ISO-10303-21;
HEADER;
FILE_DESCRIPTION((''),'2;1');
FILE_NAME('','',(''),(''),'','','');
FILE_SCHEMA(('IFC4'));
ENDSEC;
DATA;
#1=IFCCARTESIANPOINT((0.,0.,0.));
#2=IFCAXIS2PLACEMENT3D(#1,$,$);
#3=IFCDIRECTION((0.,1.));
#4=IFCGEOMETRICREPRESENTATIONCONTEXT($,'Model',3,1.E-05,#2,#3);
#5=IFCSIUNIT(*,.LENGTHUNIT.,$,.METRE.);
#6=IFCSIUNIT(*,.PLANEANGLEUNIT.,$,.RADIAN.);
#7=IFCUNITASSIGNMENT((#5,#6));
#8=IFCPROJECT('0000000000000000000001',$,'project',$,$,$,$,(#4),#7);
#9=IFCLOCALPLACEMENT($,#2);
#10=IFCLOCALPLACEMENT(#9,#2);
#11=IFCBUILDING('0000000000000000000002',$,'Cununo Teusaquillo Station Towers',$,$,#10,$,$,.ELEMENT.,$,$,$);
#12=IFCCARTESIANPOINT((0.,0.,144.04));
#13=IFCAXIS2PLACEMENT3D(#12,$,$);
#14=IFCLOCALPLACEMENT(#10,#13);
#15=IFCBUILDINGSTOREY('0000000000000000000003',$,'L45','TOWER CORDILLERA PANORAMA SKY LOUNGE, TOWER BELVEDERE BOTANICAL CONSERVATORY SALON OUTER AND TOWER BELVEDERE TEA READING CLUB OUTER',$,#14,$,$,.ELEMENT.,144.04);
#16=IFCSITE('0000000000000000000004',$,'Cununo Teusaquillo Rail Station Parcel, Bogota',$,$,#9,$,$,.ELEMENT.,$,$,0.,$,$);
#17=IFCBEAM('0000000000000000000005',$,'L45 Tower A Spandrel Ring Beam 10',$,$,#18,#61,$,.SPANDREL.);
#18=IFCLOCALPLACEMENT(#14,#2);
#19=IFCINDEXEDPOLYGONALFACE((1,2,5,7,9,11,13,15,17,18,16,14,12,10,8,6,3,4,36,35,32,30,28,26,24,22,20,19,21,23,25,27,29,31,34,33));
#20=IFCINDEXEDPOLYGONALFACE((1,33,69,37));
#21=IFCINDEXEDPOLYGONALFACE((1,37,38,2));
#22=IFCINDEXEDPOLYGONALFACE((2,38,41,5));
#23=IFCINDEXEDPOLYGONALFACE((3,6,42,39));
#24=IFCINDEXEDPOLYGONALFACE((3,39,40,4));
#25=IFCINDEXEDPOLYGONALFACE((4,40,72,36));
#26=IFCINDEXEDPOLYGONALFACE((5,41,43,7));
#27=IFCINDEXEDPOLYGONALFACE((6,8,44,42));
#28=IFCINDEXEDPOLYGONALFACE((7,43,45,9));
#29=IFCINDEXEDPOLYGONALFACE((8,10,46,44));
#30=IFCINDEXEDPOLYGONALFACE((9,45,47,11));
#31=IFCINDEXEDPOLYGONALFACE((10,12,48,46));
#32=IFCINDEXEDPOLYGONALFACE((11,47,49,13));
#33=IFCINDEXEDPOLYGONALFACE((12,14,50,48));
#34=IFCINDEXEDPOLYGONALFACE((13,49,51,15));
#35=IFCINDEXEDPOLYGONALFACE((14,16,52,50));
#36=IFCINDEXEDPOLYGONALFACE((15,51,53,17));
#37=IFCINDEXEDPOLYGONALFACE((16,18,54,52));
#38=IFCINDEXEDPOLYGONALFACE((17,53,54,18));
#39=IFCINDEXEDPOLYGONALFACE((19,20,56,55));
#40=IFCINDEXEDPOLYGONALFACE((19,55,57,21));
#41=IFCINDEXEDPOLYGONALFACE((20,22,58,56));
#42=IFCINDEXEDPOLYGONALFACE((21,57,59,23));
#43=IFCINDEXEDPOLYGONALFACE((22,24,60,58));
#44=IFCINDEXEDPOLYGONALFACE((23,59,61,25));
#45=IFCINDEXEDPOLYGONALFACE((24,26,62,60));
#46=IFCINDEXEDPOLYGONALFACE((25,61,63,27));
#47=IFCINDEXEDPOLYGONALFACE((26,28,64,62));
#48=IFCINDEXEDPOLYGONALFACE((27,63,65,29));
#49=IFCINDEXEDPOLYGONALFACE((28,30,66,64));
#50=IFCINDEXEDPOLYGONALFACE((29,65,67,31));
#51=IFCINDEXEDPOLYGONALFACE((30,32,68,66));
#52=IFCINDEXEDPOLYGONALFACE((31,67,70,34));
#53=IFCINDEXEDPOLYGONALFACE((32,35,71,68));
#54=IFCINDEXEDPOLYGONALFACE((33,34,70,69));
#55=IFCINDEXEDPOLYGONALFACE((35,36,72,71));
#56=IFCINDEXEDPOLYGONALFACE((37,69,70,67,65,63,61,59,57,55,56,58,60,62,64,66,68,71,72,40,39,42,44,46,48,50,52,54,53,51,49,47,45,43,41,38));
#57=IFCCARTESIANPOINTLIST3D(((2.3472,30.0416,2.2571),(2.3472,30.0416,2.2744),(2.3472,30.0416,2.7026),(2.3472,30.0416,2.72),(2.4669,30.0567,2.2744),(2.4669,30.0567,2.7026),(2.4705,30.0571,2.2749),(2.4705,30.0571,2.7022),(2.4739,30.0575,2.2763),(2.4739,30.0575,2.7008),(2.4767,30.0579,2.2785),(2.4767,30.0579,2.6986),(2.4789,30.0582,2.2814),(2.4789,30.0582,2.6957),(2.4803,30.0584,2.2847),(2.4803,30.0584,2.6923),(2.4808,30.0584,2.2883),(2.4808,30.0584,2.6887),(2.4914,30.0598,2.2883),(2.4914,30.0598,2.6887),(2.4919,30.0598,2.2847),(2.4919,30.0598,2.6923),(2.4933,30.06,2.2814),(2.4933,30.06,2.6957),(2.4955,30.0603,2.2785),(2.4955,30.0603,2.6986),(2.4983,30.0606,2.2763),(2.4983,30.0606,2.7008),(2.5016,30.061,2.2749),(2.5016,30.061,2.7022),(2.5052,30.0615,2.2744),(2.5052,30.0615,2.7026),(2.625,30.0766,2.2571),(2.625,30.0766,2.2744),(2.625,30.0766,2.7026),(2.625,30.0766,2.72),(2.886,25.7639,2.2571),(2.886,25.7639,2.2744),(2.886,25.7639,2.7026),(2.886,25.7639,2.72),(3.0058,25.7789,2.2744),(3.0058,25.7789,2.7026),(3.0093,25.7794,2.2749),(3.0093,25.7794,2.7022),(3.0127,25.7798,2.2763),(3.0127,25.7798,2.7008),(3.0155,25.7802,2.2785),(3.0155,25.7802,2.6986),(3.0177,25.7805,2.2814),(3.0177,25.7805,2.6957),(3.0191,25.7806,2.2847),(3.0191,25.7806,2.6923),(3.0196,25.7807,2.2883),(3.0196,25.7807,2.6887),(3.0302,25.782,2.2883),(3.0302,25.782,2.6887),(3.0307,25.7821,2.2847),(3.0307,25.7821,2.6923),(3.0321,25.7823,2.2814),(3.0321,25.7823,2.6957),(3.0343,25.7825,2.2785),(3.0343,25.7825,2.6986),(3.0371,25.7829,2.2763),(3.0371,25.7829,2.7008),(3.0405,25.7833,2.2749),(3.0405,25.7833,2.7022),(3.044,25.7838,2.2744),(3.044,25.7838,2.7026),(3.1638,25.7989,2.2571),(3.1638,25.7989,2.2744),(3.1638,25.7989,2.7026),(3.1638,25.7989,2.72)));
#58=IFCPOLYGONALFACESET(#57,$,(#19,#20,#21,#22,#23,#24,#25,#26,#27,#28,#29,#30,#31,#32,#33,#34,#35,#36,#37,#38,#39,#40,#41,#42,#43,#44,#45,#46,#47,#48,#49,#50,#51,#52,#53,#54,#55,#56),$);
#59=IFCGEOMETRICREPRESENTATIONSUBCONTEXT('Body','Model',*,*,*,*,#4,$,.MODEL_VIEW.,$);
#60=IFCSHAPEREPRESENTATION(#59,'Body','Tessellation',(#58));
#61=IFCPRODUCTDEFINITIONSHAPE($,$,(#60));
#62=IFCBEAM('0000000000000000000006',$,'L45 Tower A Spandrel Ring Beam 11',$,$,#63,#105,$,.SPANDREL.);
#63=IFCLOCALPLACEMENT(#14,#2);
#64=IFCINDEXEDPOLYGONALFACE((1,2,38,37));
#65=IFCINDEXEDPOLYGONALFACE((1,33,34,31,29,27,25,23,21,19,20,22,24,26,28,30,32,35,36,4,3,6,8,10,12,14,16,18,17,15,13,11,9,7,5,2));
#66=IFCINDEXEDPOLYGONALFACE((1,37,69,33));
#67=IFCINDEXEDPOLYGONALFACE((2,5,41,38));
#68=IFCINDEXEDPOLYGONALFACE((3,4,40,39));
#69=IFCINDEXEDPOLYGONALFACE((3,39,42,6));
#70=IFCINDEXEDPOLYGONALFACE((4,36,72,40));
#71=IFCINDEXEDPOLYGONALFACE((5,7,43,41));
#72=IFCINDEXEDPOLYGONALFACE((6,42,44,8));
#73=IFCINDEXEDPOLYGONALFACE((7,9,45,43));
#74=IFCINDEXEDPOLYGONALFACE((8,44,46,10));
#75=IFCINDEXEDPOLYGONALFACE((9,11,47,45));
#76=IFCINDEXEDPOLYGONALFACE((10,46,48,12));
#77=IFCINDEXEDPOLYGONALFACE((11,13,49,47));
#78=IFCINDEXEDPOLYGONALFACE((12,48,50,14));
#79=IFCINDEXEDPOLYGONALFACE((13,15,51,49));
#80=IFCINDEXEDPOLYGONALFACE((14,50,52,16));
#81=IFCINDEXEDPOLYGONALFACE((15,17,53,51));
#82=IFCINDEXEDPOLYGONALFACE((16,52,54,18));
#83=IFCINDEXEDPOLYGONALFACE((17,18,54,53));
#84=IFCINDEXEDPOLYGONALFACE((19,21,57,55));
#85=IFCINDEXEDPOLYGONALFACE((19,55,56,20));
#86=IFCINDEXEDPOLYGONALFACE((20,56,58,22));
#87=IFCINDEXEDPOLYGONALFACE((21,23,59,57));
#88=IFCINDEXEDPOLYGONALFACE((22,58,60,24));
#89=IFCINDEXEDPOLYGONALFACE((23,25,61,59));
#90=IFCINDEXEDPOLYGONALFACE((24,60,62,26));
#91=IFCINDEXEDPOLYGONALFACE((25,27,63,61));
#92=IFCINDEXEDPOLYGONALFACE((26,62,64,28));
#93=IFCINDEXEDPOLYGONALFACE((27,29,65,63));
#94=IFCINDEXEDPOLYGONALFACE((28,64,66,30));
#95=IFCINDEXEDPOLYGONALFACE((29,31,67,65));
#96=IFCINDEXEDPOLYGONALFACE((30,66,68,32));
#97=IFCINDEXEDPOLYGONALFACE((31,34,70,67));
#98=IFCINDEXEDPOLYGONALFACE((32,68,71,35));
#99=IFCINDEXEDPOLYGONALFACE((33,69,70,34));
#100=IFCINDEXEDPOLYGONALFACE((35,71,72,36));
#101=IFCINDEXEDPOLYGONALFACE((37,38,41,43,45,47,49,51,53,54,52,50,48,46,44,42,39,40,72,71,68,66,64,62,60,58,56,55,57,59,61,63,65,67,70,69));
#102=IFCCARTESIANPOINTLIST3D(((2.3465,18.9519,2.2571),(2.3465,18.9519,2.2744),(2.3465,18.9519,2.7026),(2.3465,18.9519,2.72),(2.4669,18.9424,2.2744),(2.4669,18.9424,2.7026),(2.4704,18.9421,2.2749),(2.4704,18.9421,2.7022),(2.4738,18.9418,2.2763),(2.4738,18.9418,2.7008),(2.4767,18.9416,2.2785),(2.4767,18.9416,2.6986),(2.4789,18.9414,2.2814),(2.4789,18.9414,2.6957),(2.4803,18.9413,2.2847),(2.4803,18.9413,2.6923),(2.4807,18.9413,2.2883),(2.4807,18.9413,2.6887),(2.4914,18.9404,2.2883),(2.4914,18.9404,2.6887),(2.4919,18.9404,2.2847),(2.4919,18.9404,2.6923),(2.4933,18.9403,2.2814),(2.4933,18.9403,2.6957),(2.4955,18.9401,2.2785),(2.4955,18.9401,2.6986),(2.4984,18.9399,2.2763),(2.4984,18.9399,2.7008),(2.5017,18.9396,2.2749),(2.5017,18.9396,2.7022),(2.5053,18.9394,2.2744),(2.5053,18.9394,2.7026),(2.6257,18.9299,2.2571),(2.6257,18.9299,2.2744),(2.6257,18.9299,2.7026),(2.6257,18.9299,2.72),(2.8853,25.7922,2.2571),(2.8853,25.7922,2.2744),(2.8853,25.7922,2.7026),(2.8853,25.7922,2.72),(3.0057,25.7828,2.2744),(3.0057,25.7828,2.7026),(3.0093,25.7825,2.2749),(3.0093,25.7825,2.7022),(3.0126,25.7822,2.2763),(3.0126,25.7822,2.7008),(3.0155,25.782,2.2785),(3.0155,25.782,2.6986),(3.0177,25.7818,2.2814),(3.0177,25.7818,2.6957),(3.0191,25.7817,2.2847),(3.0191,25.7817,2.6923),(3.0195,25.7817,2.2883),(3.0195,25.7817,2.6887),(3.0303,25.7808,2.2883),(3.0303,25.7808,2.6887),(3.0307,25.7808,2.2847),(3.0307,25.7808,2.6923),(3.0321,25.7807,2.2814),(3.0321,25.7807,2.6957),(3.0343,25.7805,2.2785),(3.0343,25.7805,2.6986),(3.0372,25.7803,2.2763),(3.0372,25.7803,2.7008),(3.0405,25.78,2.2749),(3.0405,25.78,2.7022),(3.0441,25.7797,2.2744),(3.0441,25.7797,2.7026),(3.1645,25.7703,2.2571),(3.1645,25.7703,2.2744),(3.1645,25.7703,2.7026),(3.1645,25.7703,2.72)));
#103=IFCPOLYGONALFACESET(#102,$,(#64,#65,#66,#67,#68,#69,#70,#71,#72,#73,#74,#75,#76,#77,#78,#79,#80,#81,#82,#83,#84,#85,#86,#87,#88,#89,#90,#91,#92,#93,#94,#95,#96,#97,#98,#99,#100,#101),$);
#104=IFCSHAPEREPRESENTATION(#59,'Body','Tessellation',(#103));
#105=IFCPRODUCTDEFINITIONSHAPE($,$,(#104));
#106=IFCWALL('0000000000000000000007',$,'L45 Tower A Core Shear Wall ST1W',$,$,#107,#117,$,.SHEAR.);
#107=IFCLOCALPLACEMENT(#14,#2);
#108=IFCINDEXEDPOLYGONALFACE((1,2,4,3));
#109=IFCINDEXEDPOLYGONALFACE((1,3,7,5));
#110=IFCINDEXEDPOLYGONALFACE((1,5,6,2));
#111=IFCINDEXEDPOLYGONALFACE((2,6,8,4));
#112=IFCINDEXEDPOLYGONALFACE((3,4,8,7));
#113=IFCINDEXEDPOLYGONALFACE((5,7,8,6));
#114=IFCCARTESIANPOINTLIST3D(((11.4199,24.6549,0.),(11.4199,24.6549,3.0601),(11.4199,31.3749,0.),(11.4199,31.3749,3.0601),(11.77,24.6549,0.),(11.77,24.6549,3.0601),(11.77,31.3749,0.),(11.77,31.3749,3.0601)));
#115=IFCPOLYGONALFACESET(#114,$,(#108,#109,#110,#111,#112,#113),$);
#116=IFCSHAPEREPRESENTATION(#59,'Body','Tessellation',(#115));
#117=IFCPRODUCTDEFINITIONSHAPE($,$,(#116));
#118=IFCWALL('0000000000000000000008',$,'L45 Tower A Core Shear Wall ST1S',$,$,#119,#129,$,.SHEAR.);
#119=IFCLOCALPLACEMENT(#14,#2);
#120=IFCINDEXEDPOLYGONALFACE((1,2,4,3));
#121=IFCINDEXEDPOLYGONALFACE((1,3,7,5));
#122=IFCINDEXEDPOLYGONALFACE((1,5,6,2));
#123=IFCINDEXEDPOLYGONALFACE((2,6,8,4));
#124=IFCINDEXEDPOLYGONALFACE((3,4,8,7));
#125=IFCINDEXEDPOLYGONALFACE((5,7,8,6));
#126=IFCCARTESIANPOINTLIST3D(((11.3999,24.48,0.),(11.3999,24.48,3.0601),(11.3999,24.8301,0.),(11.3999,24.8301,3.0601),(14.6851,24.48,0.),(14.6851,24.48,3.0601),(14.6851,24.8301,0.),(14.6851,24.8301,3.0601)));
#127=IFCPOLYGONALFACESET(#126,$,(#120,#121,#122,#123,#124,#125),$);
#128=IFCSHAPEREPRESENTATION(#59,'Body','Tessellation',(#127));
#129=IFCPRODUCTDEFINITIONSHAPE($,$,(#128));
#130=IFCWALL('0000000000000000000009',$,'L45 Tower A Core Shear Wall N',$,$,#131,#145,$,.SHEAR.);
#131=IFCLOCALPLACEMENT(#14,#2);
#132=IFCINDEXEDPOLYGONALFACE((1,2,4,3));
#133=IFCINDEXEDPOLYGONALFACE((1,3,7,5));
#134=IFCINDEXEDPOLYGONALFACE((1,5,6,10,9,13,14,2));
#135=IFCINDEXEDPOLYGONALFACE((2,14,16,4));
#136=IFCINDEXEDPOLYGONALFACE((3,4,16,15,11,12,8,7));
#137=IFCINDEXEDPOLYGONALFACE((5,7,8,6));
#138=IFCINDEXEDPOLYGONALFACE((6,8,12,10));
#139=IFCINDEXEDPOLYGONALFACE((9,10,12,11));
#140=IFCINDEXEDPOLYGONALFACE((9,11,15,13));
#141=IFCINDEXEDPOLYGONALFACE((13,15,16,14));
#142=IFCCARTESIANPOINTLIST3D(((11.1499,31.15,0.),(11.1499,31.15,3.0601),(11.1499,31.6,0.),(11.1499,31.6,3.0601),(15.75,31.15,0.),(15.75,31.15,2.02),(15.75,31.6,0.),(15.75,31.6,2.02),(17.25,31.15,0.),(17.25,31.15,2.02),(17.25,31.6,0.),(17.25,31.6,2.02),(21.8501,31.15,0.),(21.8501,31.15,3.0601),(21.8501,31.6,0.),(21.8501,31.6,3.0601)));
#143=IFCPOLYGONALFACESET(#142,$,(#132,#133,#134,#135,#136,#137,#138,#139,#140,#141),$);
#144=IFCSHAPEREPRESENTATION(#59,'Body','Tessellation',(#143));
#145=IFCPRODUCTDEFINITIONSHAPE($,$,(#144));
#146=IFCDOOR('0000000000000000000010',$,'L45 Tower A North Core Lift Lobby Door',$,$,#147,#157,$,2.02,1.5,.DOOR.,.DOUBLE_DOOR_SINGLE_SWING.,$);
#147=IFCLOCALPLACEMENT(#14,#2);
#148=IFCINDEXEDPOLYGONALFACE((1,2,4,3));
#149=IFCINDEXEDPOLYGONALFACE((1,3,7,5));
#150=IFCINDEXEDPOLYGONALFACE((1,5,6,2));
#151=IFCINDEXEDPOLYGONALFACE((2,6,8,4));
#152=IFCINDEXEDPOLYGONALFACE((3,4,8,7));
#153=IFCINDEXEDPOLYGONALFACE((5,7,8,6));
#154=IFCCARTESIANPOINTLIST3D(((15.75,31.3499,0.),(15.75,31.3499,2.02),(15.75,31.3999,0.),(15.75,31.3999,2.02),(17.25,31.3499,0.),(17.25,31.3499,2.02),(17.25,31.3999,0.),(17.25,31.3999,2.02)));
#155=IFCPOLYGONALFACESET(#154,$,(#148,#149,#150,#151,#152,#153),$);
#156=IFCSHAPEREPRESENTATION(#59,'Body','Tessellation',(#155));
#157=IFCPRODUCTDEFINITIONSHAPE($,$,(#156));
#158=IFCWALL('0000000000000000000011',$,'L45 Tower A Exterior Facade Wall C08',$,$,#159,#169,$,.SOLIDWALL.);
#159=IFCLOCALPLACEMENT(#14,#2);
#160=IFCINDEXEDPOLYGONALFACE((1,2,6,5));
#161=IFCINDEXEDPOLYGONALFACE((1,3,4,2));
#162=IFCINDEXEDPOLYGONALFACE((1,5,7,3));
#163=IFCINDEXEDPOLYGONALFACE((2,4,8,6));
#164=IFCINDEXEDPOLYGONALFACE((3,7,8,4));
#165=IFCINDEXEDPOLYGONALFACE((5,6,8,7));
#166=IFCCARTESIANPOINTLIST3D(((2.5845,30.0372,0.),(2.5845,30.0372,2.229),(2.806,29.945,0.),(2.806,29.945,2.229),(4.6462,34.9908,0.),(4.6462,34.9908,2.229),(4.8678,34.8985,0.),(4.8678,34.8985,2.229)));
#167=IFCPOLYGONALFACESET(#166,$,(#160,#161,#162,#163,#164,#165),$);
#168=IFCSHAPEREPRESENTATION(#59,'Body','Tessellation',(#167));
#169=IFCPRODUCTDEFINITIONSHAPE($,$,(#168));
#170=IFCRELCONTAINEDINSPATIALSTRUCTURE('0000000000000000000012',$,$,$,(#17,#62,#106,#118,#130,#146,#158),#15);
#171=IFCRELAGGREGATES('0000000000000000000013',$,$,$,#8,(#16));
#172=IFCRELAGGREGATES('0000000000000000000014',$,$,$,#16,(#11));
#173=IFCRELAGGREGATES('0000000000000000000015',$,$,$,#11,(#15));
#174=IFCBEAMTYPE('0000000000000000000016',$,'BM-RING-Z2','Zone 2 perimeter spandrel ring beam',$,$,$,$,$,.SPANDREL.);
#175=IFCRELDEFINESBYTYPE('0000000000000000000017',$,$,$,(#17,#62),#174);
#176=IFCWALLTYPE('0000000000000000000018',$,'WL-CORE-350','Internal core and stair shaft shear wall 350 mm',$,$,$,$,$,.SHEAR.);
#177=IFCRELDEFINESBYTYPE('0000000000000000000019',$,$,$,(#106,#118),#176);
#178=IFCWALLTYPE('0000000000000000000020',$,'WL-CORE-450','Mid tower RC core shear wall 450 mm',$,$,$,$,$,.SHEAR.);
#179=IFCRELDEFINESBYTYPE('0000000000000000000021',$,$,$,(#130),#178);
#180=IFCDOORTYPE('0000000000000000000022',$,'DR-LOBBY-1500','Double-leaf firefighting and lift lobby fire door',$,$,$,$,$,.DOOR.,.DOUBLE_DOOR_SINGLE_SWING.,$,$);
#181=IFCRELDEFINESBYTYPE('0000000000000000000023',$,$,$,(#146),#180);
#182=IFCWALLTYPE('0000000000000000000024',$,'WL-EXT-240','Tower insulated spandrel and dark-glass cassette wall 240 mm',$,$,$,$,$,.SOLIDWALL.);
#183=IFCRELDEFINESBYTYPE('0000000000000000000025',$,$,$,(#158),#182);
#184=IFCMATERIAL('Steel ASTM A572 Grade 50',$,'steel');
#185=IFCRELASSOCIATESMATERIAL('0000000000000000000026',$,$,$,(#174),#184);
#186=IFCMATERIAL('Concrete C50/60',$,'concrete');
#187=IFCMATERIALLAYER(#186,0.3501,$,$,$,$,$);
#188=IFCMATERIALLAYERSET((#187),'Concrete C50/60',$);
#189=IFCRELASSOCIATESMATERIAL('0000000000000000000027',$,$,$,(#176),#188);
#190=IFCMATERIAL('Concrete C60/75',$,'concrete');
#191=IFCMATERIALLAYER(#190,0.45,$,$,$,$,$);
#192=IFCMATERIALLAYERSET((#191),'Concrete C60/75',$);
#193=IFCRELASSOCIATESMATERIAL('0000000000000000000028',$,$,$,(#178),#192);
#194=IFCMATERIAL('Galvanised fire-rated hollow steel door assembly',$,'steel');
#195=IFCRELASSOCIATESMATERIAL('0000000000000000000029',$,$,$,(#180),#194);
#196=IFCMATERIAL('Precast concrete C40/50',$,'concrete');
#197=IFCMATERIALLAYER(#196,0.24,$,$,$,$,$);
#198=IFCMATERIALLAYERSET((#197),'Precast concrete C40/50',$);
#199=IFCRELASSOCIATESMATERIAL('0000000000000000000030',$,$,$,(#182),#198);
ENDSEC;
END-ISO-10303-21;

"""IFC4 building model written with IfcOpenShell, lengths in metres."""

from ifc_helpers import new_model, si_unit, direction, frame, frame_2d, origin, origin_2d, place, context, subcontext, project, spatial, rectangle, i_section, extrude, source, transform, mapped, material, layer, layer_set, material_profile, profile_set, type_object, element, fill, save


model = new_model("IFC4")

# Units and contexts
model_context = context("Model", 3, precision=1e-05, world=origin(), true_north=direction((0.0, 1.0)))
body_context = subcontext(model_context, "Body", "Model", "MODEL_VIEW")
ifc_project = project(units=[si_unit("LENGTHUNIT", "METRE"), si_unit("PLANEANGLEUNIT", "RADIAN")], contexts=[model_context])

# Site, building, storey
site_placement = place(None, origin())
site = spatial("IfcSite", under=ifc_project, at=site_placement, Name="Cununo Teusaquillo Rail Station Parcel, Bogota", CompositionType="ELEMENT", RefElevation=0.0)
building_placement = place(site_placement, origin())
building = spatial("IfcBuilding", under=site, at=building_placement, Name="Cununo Teusaquillo Station Towers", CompositionType="ELEMENT")
storey_placement = place(building_placement, frame((0.0, 0.0, 144.04)))
storey = spatial("IfcBuildingStorey", under=building, at=storey_placement, Name="L45", Description="TOWER CORDILLERA PANORAMA SKY LOUNGE, TOWER BELVEDERE BOTANICAL CONSERVATORY SALON OUTER AND TOWER BELVEDERE TEA READING CLUB OUTER", CompositionType="ELEMENT", Elevation=144.04)

# Beams
ifc_material_1 = material(Name="Steel ASTM A572 Grade 50", Category="steel")
ifc_material_profile_1 = material_profile(ifc_material_1, i_section(OverallWidth=0.28, OverallDepth=0.4629, WebThickness=0.0107, FlangeThickness=0.0173, FilletRadius=0.0139, at=origin_2d()), Name="W18X76")
ifc_profile_set_1 = profile_set([ifc_material_profile_1], Name="Steel ASTM A572 Grade 50")
beam_type_1 = type_object("IfcBeamType", Name="BM-RING-Z2", Description="Zone 2 perimeter spandrel ring beam", PredefinedType="SPANDREL", material=ifc_profile_set_1)
beam_1_placement = place(storey_placement, frame((2.4861, 30.0591, 2.4885), z_axis=(0.124969, -0.992161, 0.0), x_axis=(0.992161, 0.124969, 0.0)))
element("IfcBeam", 1, at=beam_1_placement, inside=storey, type_object=beam_type_1, Name="L45 Tower A Spandrel Ring Beam 10", PredefinedType="SPANDREL", context=body_context, shape_type="SweptSolid", body=[
    extrude(i_section(OverallWidth=0.28, OverallDepth=0.4629, WebThickness=0.0107, FlangeThickness=0.0173, FilletRadius=0.0139, at=origin_2d()), origin(), (0.0, 0.0, 1.0), 4.3115),
])
beam_2_placement = place(storey_placement, frame((3.0249, 25.7812, 2.4885), z_axis=(-0.078528, -0.996912, 0.0), x_axis=(0.996912, -0.078528, 0.0)))
element("IfcBeam", 2, at=beam_2_placement, inside=storey, type_object=beam_type_1, Name="L45 Tower A Spandrel Ring Beam 11", PredefinedType="SPANDREL", context=body_context, shape_type="SweptSolid", body=[
    extrude(i_section(OverallWidth=0.28, OverallDepth=0.4629, WebThickness=0.0107, FlangeThickness=0.0173, FilletRadius=0.0139, at=origin_2d()), origin(), (0.0, 0.0, 1.0), 6.8616),
])

# Walls
ifc_material_2 = material(Name="Concrete C50/60", Category="concrete")
ifc_layer_1 = layer(ifc_material_2, 0.3501)
ifc_layer_set_1 = layer_set([ifc_layer_1], Name="Concrete C50/60")
wall_type_1 = type_object("IfcWallType", Name="WL-CORE-350", Description="Internal core and stair shaft shear wall 350 mm", PredefinedType="SHEAR", material=ifc_layer_set_1)
wall_1_placement = place(storey_placement, frame((11.595, 24.655, 0.0), z_axis=(0.0, 0.0, 1.0), x_axis=(0.0, 1.0, 0.0)))
element("IfcWall", 3, at=wall_1_placement, inside=storey, type_object=wall_type_1, Name="L45 Tower A Core Shear Wall ST1W", PredefinedType="SHEAR", context=body_context, shape_type="SweptSolid", body=[
    extrude(rectangle(XDim=6.72, YDim=0.3501, at=frame_2d((3.3599, 0.0))), origin(), (0.0, 0.0, 1.0), 3.0601),
])
wall_2_placement = place(storey_placement, frame((11.3999, 24.655, 0.0), z_axis=(0.0, 0.0, 1.0), x_axis=(1.0, 0.0, 0.0)))
element("IfcWall", 4, at=wall_2_placement, inside=storey, type_object=wall_type_1, Name="L45 Tower A Core Shear Wall ST1S", PredefinedType="SHEAR", context=body_context, shape_type="SweptSolid", body=[
    extrude(rectangle(XDim=3.2852, YDim=0.3501, at=frame_2d((1.6426, 0.0))), origin(), (0.0, 0.0, 1.0), 3.0601),
])

# Wall, opening, door
ifc_material_3 = material(Name="Concrete C60/75", Category="concrete")
ifc_layer_2 = layer(ifc_material_3, 0.45)
ifc_layer_set_2 = layer_set([ifc_layer_2], Name="Concrete C60/75")
wall_type_2 = type_object("IfcWallType", Name="WL-CORE-450", Description="Mid tower RC core shear wall 450 mm", PredefinedType="SHEAR", material=ifc_layer_set_2)
wall_3_placement = place(storey_placement, frame((11.1499, 31.375, 0.0), z_axis=(0.0, 0.0, 1.0), x_axis=(1.0, 0.0, 0.0)))
wall_3 = element("IfcWall", 5, at=wall_3_placement, inside=storey, type_object=wall_type_2, Name="L45 Tower A Core Shear Wall N", PredefinedType="SHEAR", context=body_context, shape_type="SweptSolid", body=[
    extrude(rectangle(XDim=10.7002, YDim=0.45, at=frame_2d((5.3501, 0.0))), origin(), (0.0, 0.0, 1.0), 3.0601),
])
shared_shape_1 = source(origin(), body_context, "Body", "SweptSolid", [
    extrude(rectangle(XDim=1.5, YDim=2.02, at=frame_2d((0.75, 1.01))), frame((0.0, 0.2349, 0.0), z_axis=(0.0, -1.0, 0.0), x_axis=(1.0, 0.0, 0.0)), (0.0, 0.0, 1.0), 0.47),
])
opening_1_placement = place(wall_3_placement, frame((4.6001, 0.0, 0.0)))
opening_1 = element("IfcOpeningElement", 6, at=opening_1_placement, cuts=wall_3, PredefinedType="OPENING", context=body_context, shape_type="MappedRepresentation", body=[
    mapped(shared_shape_1, transform((0.0, 0.0, 0.0), x_axis=(1.0, 0.0, 0.0), y_axis=(0.0, 1.0, 0.0), z_axis=(0.0, 0.0, 1.0), scale=1.0)),
])
ifc_material_4 = material(Name="Galvanised fire-rated hollow steel door assembly", Category="steel")
door_type_1 = type_object("IfcDoorType", Name="DR-LOBBY-1500", Description="Double-leaf firefighting and lift lobby fire door", OperationType="DOUBLE_DOOR_SINGLE_SWING", PredefinedType="DOOR", material=ifc_material_4)
shared_shape_2 = source(origin(), body_context, "Body", "SweptSolid", [
    extrude(rectangle(XDim=1.5, YDim=2.02, at=frame_2d((0.75, 1.01))), frame((0.0, 0.0249, 0.0), z_axis=(0.0, -1.0, 0.0), x_axis=(1.0, 0.0, 0.0)), (0.0, 0.0, 1.0), 0.05),
])
door_1_placement = place(opening_1_placement, origin())
door_1 = element("IfcDoor", 7, at=door_1_placement, inside=storey, type_object=door_type_1, Name="L45 Tower A North Core Lift Lobby Door", OperationType="DOUBLE_DOOR_SINGLE_SWING", OverallHeight=2.02, OverallWidth=1.5, PredefinedType="DOOR", context=body_context, shape_type="MappedRepresentation", body=[
    mapped(shared_shape_2, transform((0.0, 0.0, 0.0), x_axis=(1.0, 0.0, 0.0), y_axis=(0.0, 1.0, 0.0), z_axis=(0.0, 0.0, 1.0), scale=1.0)),
])
fill(opening_1, door_1)

# Wall
ifc_material_5 = material(Name="Precast concrete C40/50", Category="concrete")
ifc_layer_3 = layer(ifc_material_5, 0.24)
ifc_layer_set_3 = layer_set([ifc_layer_3], Name="Precast concrete C40/50")
wall_type_3 = type_object("IfcWallType", Name="WL-EXT-240", Description="Tower insulated spandrel and dark-glass cassette wall 240 mm", PredefinedType="SOLIDWALL", material=ifc_layer_set_3)
wall_4_placement = place(storey_placement, frame((2.6953, 29.9912, 0.0), z_axis=(0.0, 0.0, 1.0), x_axis=(0.38426, 0.923225, 0.0)))
element("IfcWall", 8, at=wall_4_placement, inside=storey, type_object=wall_type_3, Name="L45 Tower A Exterior Facade Wall C08", PredefinedType="SOLIDWALL", context=body_context, shape_type="SweptSolid", body=[
    extrude(rectangle(XDim=5.3655, YDim=0.24, at=frame_2d((2.6826, 0.0))), origin(), (0.0, 0.0, 1.0), 2.229),
])

save(model, "model.ifc")
